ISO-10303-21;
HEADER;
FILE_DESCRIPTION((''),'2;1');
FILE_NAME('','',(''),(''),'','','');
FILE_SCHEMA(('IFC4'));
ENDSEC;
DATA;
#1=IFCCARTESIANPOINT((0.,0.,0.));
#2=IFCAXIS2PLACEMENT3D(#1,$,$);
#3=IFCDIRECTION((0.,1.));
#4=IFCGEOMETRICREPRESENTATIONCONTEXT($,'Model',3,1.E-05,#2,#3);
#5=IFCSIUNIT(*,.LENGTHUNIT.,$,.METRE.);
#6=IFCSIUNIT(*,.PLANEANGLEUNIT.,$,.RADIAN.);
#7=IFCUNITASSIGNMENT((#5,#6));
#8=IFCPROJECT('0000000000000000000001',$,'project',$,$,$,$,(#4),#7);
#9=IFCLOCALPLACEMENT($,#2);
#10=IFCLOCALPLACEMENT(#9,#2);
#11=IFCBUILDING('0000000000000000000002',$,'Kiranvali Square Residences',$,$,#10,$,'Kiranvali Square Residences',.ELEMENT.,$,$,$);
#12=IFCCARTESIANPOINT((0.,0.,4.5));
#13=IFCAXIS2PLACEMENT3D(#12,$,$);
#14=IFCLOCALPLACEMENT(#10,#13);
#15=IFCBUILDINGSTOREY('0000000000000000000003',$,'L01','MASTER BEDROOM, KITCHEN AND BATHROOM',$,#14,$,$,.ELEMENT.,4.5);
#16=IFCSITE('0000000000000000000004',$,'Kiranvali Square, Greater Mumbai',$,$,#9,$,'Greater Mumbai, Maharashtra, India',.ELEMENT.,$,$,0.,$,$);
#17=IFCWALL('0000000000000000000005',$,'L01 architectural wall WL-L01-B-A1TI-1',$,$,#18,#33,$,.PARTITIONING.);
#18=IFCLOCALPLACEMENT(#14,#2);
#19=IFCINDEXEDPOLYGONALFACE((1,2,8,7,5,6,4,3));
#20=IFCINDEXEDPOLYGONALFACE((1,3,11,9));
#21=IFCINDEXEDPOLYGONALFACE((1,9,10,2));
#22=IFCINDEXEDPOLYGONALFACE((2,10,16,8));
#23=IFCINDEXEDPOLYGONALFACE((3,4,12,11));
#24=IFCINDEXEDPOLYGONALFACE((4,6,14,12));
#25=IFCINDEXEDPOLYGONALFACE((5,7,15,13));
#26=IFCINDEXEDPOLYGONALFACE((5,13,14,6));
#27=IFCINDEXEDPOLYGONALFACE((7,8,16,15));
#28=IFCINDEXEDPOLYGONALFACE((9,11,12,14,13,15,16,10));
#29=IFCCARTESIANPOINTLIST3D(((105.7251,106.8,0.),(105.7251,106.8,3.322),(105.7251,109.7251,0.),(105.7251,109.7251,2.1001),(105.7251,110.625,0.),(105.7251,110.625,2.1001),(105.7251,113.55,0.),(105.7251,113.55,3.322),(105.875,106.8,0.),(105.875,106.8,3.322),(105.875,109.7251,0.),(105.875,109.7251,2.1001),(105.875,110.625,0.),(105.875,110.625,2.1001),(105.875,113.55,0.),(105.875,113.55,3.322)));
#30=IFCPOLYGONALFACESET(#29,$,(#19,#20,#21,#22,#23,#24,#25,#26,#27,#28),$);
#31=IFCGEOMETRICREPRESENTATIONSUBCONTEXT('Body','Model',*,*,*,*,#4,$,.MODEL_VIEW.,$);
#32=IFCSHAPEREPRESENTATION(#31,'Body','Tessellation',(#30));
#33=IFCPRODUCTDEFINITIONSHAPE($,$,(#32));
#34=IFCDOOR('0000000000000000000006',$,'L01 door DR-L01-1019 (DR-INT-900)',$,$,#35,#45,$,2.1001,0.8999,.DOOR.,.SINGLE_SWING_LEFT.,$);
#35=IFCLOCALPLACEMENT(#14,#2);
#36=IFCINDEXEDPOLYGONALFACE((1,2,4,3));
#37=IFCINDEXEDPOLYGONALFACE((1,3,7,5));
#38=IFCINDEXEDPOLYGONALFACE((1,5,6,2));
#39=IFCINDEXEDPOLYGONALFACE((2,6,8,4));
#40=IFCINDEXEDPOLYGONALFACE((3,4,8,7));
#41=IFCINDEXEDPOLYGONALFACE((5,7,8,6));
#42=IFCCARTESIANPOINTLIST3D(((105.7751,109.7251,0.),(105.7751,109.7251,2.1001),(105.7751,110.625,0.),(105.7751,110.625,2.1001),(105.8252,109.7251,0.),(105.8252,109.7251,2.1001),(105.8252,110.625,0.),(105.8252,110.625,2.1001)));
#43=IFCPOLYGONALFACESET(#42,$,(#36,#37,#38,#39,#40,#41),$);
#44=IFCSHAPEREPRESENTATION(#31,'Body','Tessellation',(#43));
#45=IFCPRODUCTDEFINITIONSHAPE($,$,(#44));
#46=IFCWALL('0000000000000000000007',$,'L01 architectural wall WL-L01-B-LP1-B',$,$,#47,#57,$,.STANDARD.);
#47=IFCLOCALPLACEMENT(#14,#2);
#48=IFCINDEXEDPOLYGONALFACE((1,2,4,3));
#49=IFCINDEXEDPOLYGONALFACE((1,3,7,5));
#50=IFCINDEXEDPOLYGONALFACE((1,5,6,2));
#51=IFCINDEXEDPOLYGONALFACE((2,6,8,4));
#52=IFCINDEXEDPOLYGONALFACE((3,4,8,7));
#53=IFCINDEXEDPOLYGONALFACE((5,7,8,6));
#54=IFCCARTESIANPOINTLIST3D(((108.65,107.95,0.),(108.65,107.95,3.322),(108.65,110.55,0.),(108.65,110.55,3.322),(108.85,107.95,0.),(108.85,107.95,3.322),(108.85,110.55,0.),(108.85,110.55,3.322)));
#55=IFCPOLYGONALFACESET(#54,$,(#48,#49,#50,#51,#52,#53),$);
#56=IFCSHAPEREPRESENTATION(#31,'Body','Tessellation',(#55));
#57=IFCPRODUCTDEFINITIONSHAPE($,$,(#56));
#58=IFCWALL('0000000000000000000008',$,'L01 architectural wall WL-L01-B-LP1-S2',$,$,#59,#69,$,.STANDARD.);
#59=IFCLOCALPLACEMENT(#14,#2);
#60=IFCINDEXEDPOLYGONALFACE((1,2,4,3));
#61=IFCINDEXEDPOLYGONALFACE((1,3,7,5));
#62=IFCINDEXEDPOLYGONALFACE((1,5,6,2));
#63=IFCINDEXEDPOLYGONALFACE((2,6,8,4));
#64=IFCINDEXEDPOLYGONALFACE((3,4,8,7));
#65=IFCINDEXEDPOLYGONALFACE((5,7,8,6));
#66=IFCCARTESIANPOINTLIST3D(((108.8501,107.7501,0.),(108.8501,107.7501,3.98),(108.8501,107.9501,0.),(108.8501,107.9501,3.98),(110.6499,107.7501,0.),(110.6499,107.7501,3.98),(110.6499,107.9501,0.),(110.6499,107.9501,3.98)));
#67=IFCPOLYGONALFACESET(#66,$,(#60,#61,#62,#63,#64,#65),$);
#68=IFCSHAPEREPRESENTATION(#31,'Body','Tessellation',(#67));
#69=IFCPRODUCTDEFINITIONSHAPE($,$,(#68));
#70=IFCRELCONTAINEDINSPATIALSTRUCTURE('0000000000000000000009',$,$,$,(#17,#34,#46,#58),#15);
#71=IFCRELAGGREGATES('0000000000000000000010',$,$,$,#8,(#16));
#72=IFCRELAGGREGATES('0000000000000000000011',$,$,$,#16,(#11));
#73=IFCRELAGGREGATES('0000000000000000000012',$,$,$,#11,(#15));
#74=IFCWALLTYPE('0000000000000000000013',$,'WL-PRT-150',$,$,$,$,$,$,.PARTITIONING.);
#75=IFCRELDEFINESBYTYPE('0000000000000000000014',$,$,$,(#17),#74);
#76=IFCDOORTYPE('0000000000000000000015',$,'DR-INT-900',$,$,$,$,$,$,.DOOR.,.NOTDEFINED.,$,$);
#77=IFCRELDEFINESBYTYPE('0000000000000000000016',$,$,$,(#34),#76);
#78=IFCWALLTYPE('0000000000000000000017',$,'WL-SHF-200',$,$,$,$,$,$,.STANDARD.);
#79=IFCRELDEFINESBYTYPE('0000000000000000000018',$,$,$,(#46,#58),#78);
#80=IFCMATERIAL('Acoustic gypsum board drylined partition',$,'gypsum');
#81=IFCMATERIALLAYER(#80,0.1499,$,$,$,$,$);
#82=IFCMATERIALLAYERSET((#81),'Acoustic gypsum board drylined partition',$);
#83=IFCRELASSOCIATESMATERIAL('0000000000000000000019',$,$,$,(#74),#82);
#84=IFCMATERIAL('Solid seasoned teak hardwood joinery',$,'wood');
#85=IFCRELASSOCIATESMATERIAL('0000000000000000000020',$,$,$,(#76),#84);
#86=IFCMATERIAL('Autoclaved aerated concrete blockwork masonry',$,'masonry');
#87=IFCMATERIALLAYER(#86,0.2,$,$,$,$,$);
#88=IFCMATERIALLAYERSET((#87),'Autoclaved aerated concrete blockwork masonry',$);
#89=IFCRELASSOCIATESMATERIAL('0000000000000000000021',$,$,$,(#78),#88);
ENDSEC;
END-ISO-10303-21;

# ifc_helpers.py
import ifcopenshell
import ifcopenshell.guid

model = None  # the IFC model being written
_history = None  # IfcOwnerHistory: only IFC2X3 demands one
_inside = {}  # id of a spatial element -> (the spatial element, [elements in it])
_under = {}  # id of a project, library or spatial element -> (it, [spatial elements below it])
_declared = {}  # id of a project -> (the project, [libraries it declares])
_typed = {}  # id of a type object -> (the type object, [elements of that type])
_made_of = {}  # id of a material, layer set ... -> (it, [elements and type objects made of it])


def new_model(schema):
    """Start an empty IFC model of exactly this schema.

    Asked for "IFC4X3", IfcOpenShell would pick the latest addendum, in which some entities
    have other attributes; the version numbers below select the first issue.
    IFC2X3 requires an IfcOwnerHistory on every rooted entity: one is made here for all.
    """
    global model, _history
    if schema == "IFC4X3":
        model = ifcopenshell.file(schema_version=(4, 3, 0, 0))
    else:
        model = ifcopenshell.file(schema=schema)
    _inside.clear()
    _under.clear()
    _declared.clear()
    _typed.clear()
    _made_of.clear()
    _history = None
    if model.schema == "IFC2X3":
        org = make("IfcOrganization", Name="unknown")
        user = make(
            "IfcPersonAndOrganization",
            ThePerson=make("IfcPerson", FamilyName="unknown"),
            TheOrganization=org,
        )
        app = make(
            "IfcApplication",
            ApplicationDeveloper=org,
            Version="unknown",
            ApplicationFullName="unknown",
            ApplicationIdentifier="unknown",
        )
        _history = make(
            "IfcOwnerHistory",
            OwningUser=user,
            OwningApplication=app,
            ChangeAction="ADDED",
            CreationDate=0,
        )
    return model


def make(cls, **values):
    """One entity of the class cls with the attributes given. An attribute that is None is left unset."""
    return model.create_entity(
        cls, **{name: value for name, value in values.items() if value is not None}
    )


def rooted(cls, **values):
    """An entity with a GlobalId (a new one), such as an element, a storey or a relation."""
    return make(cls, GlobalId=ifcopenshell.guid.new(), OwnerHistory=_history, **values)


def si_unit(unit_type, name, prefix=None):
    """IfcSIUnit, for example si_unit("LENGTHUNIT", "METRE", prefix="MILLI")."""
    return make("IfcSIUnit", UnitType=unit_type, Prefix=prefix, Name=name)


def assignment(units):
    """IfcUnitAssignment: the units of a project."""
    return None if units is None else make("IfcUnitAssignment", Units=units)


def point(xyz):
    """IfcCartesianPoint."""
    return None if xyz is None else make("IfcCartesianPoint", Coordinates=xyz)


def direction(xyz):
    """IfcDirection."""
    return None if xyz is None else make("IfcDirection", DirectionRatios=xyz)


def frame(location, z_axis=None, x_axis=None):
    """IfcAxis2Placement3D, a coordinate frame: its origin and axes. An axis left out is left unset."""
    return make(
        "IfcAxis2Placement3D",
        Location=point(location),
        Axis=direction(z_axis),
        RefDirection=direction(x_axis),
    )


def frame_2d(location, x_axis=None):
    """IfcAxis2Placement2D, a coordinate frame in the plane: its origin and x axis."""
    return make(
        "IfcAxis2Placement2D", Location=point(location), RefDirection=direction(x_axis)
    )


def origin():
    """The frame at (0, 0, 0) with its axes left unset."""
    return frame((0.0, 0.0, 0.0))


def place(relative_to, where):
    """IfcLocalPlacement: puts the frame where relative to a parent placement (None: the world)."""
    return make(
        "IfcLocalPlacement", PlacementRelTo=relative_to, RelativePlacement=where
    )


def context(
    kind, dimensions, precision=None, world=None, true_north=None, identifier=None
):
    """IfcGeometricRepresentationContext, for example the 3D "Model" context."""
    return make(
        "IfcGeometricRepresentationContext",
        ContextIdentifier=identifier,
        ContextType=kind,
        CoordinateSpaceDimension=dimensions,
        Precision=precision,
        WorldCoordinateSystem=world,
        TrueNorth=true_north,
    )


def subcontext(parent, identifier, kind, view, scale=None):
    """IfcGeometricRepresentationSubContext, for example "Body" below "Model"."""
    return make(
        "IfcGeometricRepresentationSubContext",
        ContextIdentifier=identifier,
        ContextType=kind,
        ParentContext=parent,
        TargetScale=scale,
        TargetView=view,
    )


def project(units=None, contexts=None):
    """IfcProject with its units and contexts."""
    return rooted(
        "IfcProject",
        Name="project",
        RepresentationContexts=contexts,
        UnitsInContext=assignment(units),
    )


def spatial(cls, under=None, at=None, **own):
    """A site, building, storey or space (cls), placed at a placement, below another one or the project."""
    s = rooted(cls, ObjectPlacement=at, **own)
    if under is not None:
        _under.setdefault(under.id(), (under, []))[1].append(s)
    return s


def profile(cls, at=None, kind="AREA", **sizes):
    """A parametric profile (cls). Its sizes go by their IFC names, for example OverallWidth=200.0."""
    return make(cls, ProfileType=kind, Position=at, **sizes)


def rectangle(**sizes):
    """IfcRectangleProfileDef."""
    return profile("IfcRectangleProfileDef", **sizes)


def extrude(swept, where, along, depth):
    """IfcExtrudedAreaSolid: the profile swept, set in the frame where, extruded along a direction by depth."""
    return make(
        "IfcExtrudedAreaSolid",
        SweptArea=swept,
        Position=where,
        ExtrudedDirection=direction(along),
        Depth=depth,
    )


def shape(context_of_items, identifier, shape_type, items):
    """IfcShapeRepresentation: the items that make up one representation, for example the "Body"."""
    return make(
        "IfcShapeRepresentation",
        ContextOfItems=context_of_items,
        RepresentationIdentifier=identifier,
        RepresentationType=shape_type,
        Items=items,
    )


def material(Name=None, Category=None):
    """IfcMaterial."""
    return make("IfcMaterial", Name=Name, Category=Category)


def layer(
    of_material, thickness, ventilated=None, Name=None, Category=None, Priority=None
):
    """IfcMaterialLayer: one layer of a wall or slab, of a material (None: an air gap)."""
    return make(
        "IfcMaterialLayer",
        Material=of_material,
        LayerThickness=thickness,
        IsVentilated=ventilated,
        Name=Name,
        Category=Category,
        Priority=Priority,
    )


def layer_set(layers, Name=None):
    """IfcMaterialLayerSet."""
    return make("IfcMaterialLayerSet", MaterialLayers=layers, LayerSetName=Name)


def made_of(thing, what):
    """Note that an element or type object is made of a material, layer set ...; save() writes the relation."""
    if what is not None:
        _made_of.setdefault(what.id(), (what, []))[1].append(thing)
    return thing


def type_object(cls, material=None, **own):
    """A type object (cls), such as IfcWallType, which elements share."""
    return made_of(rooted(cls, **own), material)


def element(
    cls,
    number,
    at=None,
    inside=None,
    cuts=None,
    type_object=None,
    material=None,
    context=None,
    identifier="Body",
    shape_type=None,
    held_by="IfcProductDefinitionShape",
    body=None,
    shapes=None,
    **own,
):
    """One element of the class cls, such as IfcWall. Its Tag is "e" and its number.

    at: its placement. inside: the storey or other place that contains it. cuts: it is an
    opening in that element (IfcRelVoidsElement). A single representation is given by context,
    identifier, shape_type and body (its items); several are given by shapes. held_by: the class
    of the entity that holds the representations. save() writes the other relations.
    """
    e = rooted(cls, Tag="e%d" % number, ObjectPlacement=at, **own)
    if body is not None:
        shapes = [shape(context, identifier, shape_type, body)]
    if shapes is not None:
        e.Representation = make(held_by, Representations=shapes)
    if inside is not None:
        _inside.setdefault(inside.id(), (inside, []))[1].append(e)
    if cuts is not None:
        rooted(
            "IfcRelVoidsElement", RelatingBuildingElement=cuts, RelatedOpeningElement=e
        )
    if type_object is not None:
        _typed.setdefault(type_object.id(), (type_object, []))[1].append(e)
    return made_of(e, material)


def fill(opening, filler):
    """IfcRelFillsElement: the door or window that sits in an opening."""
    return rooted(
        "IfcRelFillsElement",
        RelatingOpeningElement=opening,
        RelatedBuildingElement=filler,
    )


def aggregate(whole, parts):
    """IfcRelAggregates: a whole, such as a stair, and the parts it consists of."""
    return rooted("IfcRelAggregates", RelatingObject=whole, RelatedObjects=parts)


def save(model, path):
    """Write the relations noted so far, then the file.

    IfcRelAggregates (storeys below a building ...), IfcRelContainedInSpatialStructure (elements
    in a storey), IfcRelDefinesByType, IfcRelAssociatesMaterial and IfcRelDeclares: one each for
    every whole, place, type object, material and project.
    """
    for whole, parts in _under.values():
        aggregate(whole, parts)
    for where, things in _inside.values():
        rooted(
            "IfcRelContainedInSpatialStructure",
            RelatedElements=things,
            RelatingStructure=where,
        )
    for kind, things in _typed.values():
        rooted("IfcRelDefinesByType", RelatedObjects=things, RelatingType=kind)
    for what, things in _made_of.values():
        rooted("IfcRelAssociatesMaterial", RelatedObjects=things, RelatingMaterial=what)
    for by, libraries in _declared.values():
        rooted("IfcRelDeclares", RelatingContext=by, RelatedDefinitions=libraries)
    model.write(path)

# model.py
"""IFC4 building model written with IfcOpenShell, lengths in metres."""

from ifc_helpers import new_model, si_unit, direction, frame, frame_2d, origin, place, context, subcontext, project, spatial, rectangle, extrude, material, layer, layer_set, type_object, element, fill, save


model = new_model("IFC4")

# Units and contexts
model_context = context("Model", 3, precision=1e-05, world=origin(), true_north=direction((0.0, 1.0)))
body_context = subcontext(model_context, "Body", "Model", "MODEL_VIEW")
ifc_project = project(units=[si_unit("LENGTHUNIT", "METRE"), si_unit("PLANEANGLEUNIT", "RADIAN")], contexts=[model_context])

# Site, building, storey
site_placement = place(None, origin())
site = spatial("IfcSite", under=ifc_project, at=site_placement, Name="Kiranvali Square, Greater Mumbai", LongName="Greater Mumbai, Maharashtra, India", CompositionType="ELEMENT", RefElevation=0.0)
building_placement = place(site_placement, origin())
building = spatial("IfcBuilding", under=site, at=building_placement, Name="Kiranvali Square Residences", LongName="Kiranvali Square Residences", CompositionType="ELEMENT")
storey_placement = place(building_placement, frame((0.0, 0.0, 4.5)))
storey = spatial("IfcBuildingStorey", under=building, at=storey_placement, Name="L01", Description="MASTER BEDROOM, KITCHEN AND BATHROOM", CompositionType="ELEMENT", Elevation=4.5)

# Shared definitions
ifc_material_1 = material(Name="Autoclaved aerated concrete blockwork masonry", Category="masonry")

# Wall, opening, door
ifc_material_2 = material(Name="Acoustic gypsum board drylined partition", Category="gypsum")
ifc_layer_1 = layer(ifc_material_2, 0.1499)
ifc_layer_set_1 = layer_set([ifc_layer_1], Name="Acoustic gypsum board drylined partition")
wall_type_1 = type_object("IfcWallType", Name="WL-PRT-150", PredefinedType="PARTITIONING", material=ifc_layer_set_1)
wall_1_placement = place(storey_placement, frame((105.8, 106.8, 0.0), z_axis=(0.0, 0.0, 1.0), x_axis=(0.0, 1.0, 0.0)))
wall_1 = element("IfcWall", 1, at=wall_1_placement, inside=storey, type_object=wall_type_1, Name="L01 architectural wall WL-L01-B-A1TI-1", PredefinedType="PARTITIONING", context=body_context, shape_type="SweptSolid", body=[
    extrude(rectangle(XDim=6.75, YDim=0.1499, at=frame_2d((3.375, 0.0))), origin(), (0.0, 0.0, 1.0), 3.322),
])
opening_1_placement = place(wall_1_placement, frame((2.925, 0.0, 0.0)))
opening_1 = element("IfcOpeningElement", 2, at=opening_1_placement, cuts=wall_1, PredefinedType="OPENING", context=body_context, shape_type="SweptSolid", body=[
    extrude(rectangle(XDim=0.8999, YDim=2.1001, at=frame_2d((0.45, 1.05))), frame((0.0, 0.085, 0.0), z_axis=(0.0, -1.0, 0.0), x_axis=(1.0, 0.0, 0.0)), (0.0, 0.0, 1.0), 0.1699),
])
ifc_material_3 = material(Name="Solid seasoned teak hardwood joinery", Category="wood")
door_type_1 = type_object("IfcDoorType", Name="DR-INT-900", OperationType="NOTDEFINED", PredefinedType="DOOR", material=ifc_material_3)
door_1_placement = place(opening_1_placement, origin())
door_1 = element("IfcDoor", 3, at=door_1_placement, inside=storey, type_object=door_type_1, Name="L01 door DR-L01-1019 (DR-INT-900)", OperationType="SINGLE_SWING_LEFT", OverallHeight=2.1001, OverallWidth=0.8999, PredefinedType="DOOR", context=body_context, shape_type="SweptSolid", body=[
    extrude(rectangle(XDim=0.8999, YDim=2.1001, at=frame_2d((0.45, 1.05))), frame((0.0, 0.0249, 0.0), z_axis=(0.0, -1.0, 0.0), x_axis=(1.0, 0.0, 0.0)), (0.0, 0.0, 1.0), 0.05),
])
fill(opening_1, door_1)

# Walls
ifc_layer_2 = layer(ifc_material_1, 0.2)
ifc_layer_set_2 = layer_set([ifc_layer_2], Name="Autoclaved aerated concrete blockwork masonry")
wall_type_2 = type_object("IfcWallType", Name="WL-SHF-200", PredefinedType="STANDARD", material=ifc_layer_set_2)
wall_2_placement = place(storey_placement, frame((108.75, 107.95, 0.0), z_axis=(0.0, 0.0, 1.0), x_axis=(0.0, 1.0, 0.0)))
element("IfcWall", 4, at=wall_2_placement, inside=storey, type_object=wall_type_2, Name="L01 architectural wall WL-L01-B-LP1-B", PredefinedType="STANDARD", context=body_context, shape_type="SweptSolid", body=[
    extrude(rectangle(XDim=2.6001, YDim=0.2, at=frame_2d((1.3, 0.0))), origin(), (0.0, 0.0, 1.0), 3.322),
])
wall_3_placement = place(storey_placement, frame((110.6499, 107.8501, 0.0), z_axis=(0.0, 0.0, 1.0), x_axis=(-1.0, 0.0, 0.0)))
element("IfcWall", 5, at=wall_3_placement, inside=storey, type_object=wall_type_2, Name="L01 architectural wall WL-L01-B-LP1-S2", PredefinedType="STANDARD", context=body_context, shape_type="SweptSolid", body=[
    extrude(rectangle(XDim=1.7998, YDim=0.2, at=frame_2d((0.8999, 0.0))), origin(), (0.0, 0.0, 1.0), 3.98),
])

save(model, "model.ifc")
